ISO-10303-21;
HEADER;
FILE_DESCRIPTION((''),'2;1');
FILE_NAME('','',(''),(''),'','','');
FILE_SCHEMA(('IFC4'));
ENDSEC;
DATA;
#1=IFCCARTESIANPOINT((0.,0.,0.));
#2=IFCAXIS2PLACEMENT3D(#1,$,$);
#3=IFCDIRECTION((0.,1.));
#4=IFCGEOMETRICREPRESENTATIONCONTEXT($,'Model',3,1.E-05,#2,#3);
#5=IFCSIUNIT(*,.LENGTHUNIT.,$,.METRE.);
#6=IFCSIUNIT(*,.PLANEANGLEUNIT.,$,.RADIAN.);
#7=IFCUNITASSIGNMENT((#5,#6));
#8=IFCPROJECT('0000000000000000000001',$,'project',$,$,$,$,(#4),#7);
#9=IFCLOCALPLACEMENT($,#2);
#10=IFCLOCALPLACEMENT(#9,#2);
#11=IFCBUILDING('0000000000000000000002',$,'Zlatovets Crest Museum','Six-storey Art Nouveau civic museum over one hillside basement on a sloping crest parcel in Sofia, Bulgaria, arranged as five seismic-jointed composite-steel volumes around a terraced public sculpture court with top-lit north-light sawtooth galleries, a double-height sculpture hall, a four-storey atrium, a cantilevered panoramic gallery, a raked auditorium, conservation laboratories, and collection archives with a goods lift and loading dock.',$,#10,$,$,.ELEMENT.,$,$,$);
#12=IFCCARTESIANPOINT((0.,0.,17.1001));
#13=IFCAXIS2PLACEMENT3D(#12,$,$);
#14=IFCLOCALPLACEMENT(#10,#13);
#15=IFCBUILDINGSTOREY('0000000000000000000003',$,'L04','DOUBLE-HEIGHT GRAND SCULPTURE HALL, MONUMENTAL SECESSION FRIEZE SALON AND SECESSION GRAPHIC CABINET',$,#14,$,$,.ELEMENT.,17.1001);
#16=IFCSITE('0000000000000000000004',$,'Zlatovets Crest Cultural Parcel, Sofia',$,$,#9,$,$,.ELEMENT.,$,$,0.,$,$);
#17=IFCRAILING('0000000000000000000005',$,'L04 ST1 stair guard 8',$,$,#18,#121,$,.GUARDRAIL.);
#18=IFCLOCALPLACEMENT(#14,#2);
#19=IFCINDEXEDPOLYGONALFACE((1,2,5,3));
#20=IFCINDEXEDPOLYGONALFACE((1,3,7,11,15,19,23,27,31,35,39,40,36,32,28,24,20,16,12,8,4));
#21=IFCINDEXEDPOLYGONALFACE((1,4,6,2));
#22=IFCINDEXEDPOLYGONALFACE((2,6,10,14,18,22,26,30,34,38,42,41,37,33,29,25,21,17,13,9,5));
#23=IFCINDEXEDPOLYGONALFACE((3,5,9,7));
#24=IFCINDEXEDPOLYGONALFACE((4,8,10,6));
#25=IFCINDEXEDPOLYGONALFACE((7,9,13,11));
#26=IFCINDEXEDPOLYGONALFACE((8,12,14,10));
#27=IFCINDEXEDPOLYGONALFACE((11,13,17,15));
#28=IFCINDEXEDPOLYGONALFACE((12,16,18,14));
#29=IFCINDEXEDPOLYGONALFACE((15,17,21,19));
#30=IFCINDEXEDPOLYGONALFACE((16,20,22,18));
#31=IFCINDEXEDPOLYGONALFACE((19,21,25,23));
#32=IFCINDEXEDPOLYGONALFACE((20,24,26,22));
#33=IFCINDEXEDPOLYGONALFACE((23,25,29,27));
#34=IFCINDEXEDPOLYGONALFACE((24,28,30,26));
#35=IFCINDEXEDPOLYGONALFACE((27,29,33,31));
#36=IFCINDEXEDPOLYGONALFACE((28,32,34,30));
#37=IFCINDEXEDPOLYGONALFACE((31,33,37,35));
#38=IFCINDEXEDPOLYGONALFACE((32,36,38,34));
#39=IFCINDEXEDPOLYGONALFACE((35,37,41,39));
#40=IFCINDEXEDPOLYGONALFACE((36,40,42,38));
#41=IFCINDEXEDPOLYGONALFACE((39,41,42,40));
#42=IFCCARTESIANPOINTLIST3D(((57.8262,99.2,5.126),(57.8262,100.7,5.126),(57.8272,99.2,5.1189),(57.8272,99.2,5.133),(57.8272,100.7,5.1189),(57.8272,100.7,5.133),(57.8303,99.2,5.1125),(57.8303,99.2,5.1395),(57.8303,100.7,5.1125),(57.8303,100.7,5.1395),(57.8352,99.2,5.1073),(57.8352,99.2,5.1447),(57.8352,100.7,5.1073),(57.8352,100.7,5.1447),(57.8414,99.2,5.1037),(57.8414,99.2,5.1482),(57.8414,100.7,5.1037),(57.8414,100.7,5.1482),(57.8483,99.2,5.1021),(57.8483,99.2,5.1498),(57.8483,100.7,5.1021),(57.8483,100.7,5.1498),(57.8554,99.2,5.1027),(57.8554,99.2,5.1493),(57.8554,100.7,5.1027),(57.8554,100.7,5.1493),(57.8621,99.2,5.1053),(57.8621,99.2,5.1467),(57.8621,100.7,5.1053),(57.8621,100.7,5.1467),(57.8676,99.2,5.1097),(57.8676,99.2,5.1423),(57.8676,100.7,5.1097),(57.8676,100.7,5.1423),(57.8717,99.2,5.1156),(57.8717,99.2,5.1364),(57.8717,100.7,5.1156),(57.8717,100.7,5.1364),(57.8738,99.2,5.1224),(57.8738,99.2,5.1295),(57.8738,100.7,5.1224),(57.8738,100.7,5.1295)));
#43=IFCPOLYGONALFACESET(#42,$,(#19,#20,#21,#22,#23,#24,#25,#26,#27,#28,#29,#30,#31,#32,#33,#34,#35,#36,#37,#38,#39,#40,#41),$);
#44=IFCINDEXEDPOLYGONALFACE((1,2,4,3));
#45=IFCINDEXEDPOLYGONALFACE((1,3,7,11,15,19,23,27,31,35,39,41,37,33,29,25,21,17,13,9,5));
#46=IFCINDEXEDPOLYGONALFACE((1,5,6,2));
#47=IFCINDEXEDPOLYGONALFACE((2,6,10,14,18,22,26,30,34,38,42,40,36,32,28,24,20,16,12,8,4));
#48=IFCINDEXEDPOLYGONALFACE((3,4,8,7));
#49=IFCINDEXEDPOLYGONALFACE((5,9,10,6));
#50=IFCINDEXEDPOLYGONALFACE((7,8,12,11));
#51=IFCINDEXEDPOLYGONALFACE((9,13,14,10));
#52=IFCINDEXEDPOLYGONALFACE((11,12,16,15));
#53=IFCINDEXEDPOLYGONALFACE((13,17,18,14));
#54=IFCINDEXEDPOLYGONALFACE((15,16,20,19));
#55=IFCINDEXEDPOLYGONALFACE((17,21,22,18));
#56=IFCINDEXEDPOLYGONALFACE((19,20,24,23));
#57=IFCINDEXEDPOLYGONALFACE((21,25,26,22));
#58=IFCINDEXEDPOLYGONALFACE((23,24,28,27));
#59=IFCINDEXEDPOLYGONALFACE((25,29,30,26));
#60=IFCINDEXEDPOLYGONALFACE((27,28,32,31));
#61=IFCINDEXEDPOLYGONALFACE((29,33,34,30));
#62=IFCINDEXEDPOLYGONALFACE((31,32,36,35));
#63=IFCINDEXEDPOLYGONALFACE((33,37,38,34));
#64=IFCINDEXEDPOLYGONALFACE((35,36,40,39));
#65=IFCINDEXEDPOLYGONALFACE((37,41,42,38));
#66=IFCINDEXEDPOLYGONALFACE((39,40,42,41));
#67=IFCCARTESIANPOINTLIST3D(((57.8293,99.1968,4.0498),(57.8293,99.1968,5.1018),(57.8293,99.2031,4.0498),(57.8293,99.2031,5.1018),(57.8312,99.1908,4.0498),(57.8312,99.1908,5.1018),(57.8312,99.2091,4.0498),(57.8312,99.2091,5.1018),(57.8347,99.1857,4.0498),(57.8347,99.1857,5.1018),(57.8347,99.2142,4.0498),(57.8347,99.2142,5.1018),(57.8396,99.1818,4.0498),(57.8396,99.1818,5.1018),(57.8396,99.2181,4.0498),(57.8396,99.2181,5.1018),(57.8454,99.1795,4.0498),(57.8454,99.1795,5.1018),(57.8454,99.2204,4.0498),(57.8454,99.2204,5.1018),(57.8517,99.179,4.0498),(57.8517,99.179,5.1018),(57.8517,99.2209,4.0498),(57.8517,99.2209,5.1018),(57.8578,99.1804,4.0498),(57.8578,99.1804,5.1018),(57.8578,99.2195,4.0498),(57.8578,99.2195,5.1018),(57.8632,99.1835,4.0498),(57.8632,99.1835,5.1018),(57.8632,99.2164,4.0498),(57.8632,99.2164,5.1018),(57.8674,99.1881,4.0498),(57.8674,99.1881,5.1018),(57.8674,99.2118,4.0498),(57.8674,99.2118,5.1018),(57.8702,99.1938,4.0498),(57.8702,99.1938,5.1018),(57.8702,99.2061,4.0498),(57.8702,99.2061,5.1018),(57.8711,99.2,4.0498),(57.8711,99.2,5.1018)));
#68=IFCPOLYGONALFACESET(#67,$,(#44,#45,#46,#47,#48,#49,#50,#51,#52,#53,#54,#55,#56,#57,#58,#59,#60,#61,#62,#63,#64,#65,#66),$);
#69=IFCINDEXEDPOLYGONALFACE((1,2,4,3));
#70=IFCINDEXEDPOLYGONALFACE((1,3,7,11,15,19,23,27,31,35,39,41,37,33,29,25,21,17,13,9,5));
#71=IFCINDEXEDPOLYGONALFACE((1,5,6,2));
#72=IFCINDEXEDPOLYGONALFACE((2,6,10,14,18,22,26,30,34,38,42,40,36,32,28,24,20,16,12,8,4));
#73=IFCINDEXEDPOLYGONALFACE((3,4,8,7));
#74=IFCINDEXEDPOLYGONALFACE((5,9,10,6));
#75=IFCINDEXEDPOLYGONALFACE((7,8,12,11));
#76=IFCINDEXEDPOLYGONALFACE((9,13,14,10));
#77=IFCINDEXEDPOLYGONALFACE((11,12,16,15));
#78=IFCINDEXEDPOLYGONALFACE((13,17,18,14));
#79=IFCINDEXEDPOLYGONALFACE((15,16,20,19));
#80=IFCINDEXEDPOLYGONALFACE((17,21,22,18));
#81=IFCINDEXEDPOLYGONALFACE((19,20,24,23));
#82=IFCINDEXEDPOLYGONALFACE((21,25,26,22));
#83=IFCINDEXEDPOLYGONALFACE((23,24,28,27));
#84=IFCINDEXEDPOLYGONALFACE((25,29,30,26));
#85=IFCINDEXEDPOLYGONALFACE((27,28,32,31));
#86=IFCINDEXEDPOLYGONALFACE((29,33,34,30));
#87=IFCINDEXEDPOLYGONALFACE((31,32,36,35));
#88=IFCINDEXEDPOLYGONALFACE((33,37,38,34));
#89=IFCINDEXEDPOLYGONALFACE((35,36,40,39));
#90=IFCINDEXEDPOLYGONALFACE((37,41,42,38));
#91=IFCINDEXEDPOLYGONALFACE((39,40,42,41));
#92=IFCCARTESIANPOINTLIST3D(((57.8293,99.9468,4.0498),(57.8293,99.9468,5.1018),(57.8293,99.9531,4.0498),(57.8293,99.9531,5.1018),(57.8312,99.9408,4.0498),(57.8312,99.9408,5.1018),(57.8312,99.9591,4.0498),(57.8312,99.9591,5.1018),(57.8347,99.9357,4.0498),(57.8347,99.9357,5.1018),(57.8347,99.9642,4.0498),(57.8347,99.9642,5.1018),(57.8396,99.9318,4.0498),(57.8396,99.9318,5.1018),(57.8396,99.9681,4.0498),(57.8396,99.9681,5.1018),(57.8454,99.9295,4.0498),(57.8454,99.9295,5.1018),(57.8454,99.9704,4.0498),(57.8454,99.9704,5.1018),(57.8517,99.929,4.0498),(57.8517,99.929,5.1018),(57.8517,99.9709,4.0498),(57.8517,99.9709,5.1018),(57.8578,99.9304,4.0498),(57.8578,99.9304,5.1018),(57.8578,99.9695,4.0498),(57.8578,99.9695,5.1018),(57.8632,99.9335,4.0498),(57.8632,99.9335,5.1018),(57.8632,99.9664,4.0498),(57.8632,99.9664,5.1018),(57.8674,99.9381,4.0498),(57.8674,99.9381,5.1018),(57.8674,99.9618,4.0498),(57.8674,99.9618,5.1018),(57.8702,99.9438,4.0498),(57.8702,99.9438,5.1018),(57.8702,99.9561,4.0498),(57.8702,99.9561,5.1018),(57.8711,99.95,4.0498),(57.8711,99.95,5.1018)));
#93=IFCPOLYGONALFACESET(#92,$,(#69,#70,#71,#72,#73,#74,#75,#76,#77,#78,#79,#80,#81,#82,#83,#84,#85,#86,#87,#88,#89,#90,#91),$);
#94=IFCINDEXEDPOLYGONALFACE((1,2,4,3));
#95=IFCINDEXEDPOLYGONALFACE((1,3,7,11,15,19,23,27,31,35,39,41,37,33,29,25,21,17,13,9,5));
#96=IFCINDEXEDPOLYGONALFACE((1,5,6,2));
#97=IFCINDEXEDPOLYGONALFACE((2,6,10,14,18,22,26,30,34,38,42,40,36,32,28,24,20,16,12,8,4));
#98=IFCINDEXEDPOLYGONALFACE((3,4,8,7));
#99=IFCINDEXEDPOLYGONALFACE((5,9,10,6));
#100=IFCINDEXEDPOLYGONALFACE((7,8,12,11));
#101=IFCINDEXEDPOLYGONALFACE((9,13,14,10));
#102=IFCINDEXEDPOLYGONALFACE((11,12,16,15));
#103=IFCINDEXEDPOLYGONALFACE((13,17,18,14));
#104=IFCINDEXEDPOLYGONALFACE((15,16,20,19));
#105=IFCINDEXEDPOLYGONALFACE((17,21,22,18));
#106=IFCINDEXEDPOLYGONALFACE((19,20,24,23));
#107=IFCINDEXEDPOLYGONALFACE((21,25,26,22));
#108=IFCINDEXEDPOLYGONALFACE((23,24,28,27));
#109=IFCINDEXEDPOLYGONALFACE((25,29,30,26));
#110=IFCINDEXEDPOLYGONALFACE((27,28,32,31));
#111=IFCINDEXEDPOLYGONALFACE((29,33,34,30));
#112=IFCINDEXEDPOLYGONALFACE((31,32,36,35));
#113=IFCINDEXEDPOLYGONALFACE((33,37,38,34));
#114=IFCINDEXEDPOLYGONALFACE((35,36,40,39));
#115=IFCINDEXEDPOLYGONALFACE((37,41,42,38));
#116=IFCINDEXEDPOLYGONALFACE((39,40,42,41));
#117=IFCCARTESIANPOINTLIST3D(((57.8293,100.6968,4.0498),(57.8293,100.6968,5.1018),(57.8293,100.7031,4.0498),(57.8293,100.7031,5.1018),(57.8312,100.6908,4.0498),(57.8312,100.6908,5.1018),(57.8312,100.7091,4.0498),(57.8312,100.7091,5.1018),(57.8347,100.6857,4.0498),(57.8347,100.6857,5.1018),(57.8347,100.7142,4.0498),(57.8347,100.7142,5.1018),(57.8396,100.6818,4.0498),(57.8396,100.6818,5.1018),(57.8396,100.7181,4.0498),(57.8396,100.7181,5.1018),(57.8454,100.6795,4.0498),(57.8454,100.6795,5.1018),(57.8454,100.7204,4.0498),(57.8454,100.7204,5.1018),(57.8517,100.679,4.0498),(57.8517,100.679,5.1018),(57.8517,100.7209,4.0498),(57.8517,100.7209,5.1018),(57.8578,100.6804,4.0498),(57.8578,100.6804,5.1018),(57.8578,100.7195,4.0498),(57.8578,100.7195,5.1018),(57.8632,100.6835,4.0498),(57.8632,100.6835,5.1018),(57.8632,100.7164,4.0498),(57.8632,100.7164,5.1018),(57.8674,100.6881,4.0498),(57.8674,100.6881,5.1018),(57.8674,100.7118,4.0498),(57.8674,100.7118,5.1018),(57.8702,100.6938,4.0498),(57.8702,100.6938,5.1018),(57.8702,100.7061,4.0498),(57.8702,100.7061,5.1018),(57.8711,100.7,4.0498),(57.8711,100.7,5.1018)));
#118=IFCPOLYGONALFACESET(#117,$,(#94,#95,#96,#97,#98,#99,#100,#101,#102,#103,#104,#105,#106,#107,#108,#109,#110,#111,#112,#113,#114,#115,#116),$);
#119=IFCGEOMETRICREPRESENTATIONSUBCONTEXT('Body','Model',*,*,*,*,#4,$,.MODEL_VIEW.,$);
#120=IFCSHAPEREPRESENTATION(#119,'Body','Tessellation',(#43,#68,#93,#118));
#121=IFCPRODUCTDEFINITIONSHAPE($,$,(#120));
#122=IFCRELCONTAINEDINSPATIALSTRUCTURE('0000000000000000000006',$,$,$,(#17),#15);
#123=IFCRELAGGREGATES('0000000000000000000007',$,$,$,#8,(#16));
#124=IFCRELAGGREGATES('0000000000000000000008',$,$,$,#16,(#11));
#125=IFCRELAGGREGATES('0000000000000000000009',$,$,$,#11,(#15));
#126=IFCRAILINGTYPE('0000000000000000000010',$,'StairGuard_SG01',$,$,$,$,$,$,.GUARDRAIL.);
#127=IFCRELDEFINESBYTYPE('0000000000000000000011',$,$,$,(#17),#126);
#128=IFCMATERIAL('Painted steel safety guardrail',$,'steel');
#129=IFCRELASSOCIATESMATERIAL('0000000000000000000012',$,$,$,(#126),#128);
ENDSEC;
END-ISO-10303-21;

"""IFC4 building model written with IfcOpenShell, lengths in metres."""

from ifc_helpers import new_model, si_unit, direction, frame, origin, origin_2d, place, context, subcontext, project, spatial, circle, extrude, material, type_object, element, save


model = new_model("IFC4")

# Units and contexts
model_context = context("Model", 3, precision=1e-05, world=origin(), true_north=direction((0.0, 1.0)))
body_context = subcontext(model_context, "Body", "Model", "MODEL_VIEW")
ifc_project = project(units=[si_unit("LENGTHUNIT", "METRE"), si_unit("PLANEANGLEUNIT", "RADIAN")], contexts=[model_context])

# Site, building, storey
site_placement = place(None, origin())
site = spatial("IfcSite", under=ifc_project, at=site_placement, Name="Zlatovets Crest Cultural Parcel, Sofia", CompositionType="ELEMENT", RefElevation=0.0)
building_placement = place(site_placement, origin())
building = spatial("IfcBuilding", under=site, at=building_placement, Name="Zlatovets Crest Museum", Description="Six-storey Art Nouveau civic museum over one hillside basement on a sloping crest parcel in Sofia, Bulgaria, arranged as five seismic-jointed composite-steel volumes around a terraced public sculpture court with top-lit north-light sawtooth galleries, a double-height sculpture hall, a four-storey atrium, a cantilevered panoramic gallery, a raked auditorium, conservation laboratories, and collection archives with a goods lift and loading dock.", CompositionType="ELEMENT")
storey_placement = place(building_placement, frame((0.0, 0.0, 17.1001)))
storey = spatial("IfcBuildingStorey", under=building, at=storey_placement, Name="L04", Description="DOUBLE-HEIGHT GRAND SCULPTURE HALL, MONUMENTAL SECESSION FRIEZE SALON AND SECESSION GRAPHIC CABINET", CompositionType="ELEMENT", Elevation=17.1001)

# Railing
ifc_material_1 = material(Name="Painted steel safety guardrail", Category="steel")
railing_type = type_object("IfcRailingType", Name="StairGuard_SG01", PredefinedType="GUARDRAIL", material=ifc_material_1)
for number, where, name in (
    (1, (57.8501, 99.2, 4.0498), "L04 ST1 stair guard 8"),
):
    element("IfcRailing", number, at=place(storey_placement, frame(where)), inside=storey, type_object=railing_type, Name=name, PredefinedType="GUARDRAIL", context=body_context, shape_type="SweptSolid", body=[
        extrude(circle(Radius=0.0239, at=origin_2d()), frame((0.0, 0.0, 1.0762), z_axis=(0.0, 1.0, 0.0), x_axis=(-1.0, 0.0, 0.0)), (0.0, 0.0, 1.0), 1.5),
        extrude(circle(Radius=0.021, at=origin_2d()), origin(), (0.0, 0.0, 1.0), 1.052),
        extrude(circle(Radius=0.021, at=origin_2d()), frame((0.0, 0.75, 0.0)), (0.0, 0.0, 1.0), 1.052),
        extrude(circle(Radius=0.021, at=origin_2d()), frame((0.0, 1.5, 0.0)), (0.0, 0.0, 1.0), 1.052),
    ])

save(model, "model.ifc")
